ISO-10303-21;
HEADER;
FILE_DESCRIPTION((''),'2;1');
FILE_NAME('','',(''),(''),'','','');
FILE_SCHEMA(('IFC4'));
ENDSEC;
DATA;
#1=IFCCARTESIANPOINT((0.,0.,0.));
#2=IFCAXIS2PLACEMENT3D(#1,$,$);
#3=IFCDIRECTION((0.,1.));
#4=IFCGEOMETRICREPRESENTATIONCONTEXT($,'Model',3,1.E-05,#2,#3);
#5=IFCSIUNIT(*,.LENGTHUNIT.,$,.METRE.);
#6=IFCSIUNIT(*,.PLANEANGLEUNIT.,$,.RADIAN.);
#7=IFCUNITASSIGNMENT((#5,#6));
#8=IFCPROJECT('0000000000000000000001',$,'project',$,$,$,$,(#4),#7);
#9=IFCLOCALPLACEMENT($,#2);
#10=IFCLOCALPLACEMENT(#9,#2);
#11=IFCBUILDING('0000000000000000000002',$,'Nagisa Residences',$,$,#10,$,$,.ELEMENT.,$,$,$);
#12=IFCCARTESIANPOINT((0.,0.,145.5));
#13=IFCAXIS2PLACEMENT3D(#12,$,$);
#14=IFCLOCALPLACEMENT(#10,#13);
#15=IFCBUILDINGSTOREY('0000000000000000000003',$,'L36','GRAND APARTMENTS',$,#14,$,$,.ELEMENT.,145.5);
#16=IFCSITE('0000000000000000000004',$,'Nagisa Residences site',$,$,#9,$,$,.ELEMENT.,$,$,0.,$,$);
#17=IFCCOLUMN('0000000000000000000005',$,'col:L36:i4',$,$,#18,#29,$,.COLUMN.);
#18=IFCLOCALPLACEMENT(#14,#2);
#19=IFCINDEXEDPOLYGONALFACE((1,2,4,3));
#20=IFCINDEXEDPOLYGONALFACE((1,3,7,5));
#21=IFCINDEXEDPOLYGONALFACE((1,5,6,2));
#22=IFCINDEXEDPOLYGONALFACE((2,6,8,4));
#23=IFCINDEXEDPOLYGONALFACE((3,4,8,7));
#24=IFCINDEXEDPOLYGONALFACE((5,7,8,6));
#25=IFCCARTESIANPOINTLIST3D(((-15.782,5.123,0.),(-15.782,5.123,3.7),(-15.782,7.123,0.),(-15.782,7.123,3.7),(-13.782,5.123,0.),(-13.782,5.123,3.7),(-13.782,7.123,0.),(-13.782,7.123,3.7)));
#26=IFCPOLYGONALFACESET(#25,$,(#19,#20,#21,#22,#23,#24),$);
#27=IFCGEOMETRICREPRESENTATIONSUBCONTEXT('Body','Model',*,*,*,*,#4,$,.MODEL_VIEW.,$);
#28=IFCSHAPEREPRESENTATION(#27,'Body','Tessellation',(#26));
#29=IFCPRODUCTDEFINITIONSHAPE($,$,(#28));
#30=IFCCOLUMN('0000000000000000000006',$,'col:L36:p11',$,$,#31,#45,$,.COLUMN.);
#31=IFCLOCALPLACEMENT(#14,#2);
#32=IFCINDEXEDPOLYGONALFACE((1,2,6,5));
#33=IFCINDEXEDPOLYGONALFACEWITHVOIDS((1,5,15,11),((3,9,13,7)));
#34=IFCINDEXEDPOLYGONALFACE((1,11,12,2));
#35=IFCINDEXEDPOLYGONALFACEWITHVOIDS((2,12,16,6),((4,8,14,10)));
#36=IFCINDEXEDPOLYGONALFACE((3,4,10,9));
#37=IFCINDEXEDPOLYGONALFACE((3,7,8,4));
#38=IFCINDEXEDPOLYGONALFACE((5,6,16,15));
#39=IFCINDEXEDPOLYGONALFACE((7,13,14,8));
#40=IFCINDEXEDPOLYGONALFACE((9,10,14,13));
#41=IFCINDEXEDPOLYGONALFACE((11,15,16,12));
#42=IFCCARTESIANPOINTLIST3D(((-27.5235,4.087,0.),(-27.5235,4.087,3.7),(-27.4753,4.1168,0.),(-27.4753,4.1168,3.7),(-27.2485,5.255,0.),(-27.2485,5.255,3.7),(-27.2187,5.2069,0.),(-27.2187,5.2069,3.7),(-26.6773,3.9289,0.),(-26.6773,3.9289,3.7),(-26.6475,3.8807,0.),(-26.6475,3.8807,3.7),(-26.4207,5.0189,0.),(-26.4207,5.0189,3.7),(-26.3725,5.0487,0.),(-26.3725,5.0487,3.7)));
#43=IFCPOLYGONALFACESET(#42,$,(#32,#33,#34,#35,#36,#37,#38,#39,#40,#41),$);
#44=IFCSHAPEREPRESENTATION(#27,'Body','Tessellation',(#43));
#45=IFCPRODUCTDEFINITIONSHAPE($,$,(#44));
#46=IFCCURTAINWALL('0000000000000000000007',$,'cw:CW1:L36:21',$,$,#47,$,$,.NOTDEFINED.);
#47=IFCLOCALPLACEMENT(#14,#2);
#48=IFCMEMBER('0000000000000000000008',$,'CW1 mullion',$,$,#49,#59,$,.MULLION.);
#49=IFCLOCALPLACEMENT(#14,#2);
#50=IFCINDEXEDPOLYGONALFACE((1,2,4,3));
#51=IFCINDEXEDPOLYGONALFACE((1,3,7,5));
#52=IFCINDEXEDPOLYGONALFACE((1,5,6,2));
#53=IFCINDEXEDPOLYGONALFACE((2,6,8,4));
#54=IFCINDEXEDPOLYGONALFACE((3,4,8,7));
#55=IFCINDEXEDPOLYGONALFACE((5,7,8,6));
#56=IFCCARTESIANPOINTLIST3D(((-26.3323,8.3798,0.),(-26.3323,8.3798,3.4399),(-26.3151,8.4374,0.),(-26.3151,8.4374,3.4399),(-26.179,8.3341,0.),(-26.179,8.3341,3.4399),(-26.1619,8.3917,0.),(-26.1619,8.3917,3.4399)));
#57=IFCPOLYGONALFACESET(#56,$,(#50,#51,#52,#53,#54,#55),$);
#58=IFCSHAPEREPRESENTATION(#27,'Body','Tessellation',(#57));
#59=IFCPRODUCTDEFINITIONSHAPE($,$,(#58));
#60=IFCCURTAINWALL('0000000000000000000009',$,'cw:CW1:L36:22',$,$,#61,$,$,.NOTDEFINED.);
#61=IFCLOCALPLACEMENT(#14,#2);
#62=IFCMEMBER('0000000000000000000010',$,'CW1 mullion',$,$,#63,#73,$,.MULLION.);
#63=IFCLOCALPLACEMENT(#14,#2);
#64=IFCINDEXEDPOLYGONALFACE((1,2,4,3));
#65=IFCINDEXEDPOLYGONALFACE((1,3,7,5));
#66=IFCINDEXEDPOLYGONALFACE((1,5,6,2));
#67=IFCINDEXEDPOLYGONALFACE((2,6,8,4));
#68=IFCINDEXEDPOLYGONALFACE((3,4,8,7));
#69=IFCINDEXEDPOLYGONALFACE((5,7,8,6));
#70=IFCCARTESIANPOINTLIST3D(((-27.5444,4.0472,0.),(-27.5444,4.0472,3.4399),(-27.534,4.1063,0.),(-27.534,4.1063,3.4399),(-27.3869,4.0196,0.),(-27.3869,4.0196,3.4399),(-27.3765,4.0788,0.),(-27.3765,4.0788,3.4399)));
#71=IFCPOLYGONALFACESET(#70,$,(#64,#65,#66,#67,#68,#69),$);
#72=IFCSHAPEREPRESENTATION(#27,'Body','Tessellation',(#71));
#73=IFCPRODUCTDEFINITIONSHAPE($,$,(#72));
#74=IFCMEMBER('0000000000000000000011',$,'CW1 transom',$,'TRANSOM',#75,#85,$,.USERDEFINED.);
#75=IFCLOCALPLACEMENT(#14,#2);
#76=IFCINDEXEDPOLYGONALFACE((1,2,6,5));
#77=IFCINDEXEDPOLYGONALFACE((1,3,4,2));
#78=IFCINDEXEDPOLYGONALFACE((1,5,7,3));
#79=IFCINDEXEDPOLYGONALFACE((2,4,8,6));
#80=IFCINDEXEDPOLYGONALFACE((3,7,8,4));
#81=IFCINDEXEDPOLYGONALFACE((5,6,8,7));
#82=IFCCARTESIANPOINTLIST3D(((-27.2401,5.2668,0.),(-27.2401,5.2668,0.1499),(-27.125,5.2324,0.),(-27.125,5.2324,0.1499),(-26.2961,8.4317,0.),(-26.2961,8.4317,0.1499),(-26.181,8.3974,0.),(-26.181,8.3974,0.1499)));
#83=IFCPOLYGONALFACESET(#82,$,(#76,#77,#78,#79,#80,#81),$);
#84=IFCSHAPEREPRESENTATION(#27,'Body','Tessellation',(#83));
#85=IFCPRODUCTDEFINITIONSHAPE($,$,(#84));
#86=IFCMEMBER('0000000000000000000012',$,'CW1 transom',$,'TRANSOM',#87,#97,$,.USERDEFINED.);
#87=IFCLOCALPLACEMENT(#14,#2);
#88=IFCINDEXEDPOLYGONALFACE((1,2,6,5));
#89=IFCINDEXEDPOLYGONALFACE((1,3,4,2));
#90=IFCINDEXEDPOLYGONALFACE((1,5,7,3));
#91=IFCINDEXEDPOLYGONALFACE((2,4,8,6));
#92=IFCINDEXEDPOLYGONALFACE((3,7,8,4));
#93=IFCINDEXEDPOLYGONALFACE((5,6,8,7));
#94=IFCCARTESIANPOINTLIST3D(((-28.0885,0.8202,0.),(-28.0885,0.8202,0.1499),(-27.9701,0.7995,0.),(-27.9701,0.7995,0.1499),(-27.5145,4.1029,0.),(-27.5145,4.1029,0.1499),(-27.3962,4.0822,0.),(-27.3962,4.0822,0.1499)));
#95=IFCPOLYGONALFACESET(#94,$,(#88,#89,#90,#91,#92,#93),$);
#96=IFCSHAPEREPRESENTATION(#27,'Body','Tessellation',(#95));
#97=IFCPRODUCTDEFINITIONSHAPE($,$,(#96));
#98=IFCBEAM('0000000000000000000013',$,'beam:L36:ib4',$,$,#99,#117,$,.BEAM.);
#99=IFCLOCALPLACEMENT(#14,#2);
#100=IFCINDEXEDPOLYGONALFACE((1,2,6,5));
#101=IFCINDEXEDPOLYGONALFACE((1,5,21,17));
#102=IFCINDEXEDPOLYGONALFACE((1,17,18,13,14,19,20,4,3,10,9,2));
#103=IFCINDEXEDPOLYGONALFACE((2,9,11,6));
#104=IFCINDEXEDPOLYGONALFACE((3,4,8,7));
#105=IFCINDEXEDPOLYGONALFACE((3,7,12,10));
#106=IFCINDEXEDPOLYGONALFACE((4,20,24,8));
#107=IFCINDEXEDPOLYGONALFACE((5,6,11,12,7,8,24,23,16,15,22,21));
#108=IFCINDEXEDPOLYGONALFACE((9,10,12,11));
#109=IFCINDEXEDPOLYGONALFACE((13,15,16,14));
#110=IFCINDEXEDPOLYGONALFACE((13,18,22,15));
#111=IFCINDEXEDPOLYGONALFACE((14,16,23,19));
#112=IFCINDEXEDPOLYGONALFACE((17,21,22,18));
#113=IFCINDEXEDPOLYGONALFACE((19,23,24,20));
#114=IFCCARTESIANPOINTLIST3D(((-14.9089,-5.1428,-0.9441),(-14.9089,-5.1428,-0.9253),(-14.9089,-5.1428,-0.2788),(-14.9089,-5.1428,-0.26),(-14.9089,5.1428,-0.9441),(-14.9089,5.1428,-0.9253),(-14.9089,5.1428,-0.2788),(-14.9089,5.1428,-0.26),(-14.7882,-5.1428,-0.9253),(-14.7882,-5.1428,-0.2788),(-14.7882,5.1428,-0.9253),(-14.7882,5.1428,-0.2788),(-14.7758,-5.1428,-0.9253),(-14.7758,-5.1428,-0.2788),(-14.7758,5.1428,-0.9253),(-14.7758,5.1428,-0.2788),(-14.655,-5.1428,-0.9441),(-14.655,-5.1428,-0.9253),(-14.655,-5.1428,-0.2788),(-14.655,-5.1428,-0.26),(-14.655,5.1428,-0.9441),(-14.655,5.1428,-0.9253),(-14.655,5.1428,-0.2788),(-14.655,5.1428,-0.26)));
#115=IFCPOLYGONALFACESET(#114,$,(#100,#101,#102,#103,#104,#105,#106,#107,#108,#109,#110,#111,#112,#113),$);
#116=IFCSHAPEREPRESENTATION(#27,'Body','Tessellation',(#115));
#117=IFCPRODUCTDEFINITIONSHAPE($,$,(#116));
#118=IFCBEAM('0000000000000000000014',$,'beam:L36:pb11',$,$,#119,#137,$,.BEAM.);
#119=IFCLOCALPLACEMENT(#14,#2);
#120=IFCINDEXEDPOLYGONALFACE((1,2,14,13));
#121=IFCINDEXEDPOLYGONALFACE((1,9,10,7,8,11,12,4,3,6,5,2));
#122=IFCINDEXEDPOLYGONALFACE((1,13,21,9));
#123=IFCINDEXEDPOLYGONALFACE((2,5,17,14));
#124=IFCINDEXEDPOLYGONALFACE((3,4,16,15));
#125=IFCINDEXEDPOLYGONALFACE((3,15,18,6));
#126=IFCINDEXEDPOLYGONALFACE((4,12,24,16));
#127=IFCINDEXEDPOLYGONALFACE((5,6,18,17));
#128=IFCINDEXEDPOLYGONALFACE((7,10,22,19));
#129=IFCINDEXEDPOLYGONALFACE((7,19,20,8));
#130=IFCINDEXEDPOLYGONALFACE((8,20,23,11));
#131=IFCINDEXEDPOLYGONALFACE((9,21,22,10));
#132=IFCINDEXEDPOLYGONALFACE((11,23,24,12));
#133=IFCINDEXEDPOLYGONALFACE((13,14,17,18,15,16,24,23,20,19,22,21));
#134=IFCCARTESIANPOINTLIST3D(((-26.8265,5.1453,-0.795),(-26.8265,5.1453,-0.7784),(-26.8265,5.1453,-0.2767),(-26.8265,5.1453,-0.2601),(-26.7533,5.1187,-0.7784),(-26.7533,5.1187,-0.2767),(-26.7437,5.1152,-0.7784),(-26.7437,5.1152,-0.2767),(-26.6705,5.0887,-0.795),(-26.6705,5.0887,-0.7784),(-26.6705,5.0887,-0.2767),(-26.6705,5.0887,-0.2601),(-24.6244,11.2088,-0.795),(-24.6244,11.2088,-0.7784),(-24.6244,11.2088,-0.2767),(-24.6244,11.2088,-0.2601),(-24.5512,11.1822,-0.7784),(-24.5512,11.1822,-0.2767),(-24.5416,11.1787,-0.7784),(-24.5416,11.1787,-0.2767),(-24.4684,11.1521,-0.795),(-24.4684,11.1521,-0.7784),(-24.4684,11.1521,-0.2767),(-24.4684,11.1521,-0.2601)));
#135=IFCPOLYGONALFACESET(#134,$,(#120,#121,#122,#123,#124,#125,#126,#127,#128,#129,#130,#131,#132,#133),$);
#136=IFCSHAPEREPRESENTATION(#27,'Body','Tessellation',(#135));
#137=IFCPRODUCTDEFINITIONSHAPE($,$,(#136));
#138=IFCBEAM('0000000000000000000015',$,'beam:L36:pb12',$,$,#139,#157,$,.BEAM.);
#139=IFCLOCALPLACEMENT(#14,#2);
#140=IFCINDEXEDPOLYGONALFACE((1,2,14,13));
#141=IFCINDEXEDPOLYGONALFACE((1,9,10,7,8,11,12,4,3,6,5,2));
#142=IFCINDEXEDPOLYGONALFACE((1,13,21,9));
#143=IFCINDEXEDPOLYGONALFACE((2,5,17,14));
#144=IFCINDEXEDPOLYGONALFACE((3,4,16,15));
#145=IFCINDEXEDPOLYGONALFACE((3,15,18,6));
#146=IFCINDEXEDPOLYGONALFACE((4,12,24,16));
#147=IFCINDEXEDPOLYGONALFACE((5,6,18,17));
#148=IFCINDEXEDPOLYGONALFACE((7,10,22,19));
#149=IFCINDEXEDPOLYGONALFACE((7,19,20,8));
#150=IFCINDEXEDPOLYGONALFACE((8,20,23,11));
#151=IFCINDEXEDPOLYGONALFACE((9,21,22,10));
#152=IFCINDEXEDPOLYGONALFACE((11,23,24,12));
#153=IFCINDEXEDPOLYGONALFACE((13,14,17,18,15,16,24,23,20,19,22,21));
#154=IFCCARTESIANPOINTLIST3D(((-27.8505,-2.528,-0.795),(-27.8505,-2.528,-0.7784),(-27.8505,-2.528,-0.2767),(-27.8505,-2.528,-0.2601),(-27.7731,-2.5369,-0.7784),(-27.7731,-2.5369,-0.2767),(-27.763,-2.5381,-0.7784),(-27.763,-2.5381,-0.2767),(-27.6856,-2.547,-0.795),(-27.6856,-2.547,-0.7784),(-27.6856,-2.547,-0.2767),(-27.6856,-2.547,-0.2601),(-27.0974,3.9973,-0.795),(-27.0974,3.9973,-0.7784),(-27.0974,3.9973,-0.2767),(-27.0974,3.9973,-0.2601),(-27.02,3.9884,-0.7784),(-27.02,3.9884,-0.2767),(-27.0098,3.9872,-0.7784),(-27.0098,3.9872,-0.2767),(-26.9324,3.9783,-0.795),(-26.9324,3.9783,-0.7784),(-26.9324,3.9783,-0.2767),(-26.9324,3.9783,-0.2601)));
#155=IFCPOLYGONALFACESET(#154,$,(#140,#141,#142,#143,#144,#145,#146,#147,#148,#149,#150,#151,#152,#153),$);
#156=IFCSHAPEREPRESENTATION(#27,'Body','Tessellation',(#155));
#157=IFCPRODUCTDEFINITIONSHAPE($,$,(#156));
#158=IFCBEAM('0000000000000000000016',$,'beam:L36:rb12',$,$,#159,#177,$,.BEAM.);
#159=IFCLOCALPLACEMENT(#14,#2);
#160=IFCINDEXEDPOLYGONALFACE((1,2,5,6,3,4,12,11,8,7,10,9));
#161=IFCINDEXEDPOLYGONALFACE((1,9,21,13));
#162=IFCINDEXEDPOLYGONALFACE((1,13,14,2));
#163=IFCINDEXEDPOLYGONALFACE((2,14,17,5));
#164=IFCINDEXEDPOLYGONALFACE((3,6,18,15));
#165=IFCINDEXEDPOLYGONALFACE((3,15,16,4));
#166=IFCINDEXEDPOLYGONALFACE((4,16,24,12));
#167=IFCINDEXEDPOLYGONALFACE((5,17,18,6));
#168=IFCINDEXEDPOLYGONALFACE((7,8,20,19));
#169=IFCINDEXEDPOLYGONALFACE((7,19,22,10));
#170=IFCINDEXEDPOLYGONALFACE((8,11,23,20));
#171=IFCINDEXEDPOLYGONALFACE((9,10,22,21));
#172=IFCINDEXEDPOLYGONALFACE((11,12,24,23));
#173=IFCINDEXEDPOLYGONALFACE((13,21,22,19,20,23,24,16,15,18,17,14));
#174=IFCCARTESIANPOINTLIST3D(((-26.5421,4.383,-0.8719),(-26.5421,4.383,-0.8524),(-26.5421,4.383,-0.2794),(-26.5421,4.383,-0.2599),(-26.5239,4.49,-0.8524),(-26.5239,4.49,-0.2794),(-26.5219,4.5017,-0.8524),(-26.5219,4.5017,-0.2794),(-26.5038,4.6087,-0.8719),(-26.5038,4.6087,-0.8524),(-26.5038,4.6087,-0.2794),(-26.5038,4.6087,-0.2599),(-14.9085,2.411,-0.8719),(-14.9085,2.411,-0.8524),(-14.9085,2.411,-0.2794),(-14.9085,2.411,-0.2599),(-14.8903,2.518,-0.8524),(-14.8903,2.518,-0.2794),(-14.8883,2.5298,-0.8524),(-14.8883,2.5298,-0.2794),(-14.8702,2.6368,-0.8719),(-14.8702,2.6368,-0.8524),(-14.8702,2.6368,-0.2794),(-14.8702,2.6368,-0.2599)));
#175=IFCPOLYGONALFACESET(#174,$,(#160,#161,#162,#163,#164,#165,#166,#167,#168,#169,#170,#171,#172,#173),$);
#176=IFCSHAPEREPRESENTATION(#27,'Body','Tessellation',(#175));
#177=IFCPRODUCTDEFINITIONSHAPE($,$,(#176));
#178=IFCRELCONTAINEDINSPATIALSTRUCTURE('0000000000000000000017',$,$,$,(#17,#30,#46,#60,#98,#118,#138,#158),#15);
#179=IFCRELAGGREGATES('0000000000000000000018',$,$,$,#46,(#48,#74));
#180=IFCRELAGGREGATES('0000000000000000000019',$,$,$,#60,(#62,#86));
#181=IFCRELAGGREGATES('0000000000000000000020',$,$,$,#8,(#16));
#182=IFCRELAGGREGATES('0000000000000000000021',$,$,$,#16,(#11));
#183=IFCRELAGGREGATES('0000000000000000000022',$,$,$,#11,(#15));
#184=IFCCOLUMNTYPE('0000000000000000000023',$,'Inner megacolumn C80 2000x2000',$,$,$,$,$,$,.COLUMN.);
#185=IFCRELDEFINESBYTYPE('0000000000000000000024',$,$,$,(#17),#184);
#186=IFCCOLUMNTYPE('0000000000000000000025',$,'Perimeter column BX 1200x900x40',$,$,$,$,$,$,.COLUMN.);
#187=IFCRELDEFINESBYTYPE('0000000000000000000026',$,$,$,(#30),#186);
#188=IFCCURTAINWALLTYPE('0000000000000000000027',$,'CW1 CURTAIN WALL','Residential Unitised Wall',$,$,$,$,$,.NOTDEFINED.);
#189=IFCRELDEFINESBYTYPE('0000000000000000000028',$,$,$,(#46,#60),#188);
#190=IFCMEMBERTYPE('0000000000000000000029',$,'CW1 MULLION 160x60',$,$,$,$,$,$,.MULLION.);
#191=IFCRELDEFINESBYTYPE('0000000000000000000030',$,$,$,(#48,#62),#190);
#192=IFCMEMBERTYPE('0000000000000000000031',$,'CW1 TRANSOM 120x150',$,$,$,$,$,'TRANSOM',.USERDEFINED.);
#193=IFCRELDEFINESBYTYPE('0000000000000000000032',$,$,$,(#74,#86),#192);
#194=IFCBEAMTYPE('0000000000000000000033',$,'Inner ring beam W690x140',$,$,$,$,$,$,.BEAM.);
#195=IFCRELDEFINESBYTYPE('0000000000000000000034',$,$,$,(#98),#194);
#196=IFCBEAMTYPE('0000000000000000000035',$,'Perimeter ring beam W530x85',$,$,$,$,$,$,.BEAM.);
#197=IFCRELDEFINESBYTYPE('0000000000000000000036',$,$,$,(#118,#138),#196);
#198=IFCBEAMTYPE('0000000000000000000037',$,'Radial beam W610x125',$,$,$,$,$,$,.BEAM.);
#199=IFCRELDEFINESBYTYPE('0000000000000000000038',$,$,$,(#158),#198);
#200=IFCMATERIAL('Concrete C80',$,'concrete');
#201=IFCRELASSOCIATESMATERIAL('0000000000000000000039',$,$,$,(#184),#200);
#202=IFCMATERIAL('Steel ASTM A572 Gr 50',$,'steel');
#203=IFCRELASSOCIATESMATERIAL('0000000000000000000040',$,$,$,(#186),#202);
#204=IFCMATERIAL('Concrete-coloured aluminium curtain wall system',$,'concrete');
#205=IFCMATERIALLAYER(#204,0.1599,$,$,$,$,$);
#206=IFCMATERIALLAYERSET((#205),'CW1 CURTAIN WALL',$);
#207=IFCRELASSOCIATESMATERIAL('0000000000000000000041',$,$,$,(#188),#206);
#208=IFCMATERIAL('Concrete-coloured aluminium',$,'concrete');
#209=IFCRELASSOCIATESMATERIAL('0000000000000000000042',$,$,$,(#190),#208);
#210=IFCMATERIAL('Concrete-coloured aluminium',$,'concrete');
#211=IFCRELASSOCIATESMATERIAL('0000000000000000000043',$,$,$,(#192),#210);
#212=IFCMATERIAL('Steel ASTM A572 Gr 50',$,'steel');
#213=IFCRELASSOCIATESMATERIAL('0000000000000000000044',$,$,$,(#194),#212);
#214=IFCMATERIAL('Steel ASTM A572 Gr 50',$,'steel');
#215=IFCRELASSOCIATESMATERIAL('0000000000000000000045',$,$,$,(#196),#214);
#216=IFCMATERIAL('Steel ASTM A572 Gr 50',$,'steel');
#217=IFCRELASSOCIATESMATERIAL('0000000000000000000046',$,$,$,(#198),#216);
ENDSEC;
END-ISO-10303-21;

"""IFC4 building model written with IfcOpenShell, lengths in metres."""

from ifc_helpers import new_model, si_unit, direction, frame, origin, origin_2d, place, context, subcontext, project, spatial, rectangle, hollow_rectangle, i_section, extrude, material, layer, layer_set, material_profile, profile_set, type_object, element, aggregate, save


model = new_model("IFC4")

# Units and contexts
model_context = context("Model", 3, precision=1e-05, world=origin(), true_north=direction((0.0, 1.0)))
body_context = subcontext(model_context, "Body", "Model", "MODEL_VIEW")
ifc_project = project(units=[si_unit("LENGTHUNIT", "METRE"), si_unit("PLANEANGLEUNIT", "RADIAN")], contexts=[model_context])

# Site, building, storey
site_placement = place(None, origin())
site = spatial("IfcSite", under=ifc_project, at=site_placement, Name="Nagisa Residences site", CompositionType="ELEMENT", RefElevation=0.0)
building_placement = place(site_placement, origin())
building = spatial("IfcBuilding", under=site, at=building_placement, Name="Nagisa Residences", CompositionType="ELEMENT")
storey_placement = place(building_placement, frame((0.0, 0.0, 145.5)))
storey = spatial("IfcBuildingStorey", under=building, at=storey_placement, Name="L36", Description="GRAND APARTMENTS", CompositionType="ELEMENT", Elevation=145.5)

# Columns
ifc_material_1 = material(Name="Concrete C80", Category="concrete")
ifc_material_profile_1 = material_profile(ifc_material_1, rectangle(XDim=2.0, YDim=2.0, at=origin_2d()), Name="C80 2000x2000")
ifc_profile_set_1 = profile_set([ifc_material_profile_1], Name="Concrete C80")
column_type_1 = type_object("IfcColumnType", Name="Inner megacolumn C80 2000x2000", PredefinedType="COLUMN", material=ifc_profile_set_1)
column_1_placement = place(storey_placement, frame((-14.782, 6.123, 0.0), z_axis=(0.0, 0.0, 1.0), x_axis=(1.0, 0.0, 0.0)))
element("IfcColumn", 1, at=column_1_placement, inside=storey, type_object=column_type_1, Name="col:L36:i4", PredefinedType="COLUMN", context=body_context, shape_type="SweptSolid", body=[
    extrude(rectangle(XDim=2.0, YDim=2.0, at=origin_2d()), origin(), (0.0, 0.0, 1.0), 3.7),
])
ifc_material_2 = material(Name="Steel ASTM A572 Gr 50", Category="steel")
ifc_material_profile_2 = material_profile(ifc_material_2, hollow_rectangle(XDim=1.2, YDim=0.8999, WallThickness=0.04, at=origin_2d()), Name="BX 1200x900x40")
ifc_profile_set_2 = profile_set([ifc_material_profile_2], Name="Steel ASTM A572 Gr 50")
column_type_2 = type_object("IfcColumnType", Name="Perimeter column BX 1200x900x40", PredefinedType="COLUMN", material=ifc_profile_set_2)
column_2_placement = place(storey_placement, frame((-26.948, 4.5679, 0.0), z_axis=(0.0, 0.0, 1.0), x_axis=(-0.229202, -0.973379, 0.0)))
element("IfcColumn", 2, at=column_2_placement, inside=storey, type_object=column_type_2, Name="col:L36:p11", PredefinedType="COLUMN", context=body_context, shape_type="SweptSolid", body=[
    extrude(hollow_rectangle(XDim=1.2, YDim=0.8999, WallThickness=0.04, at=origin_2d()), origin(), (0.0, 0.0, 1.0), 3.7),
])

# Curtain walls, members
ifc_material_3 = material(Name="Concrete-coloured aluminium curtain wall system", Category="concrete")
ifc_layer_1 = layer(ifc_material_3, 0.1599)
ifc_layer_set_1 = layer_set([ifc_layer_1], Name="CW1 CURTAIN WALL")
curtain_wall_type = type_object("IfcCurtainWallType", Name="CW1 CURTAIN WALL", Description="Residential Unitised Wall", PredefinedType="NOTDEFINED", material=ifc_layer_set_1)
curtain_wall_1_placement = place(storey_placement, origin())
curtain_wall_1 = element("IfcCurtainWall", 3, at=curtain_wall_1_placement, inside=storey, type_object=curtain_wall_type, Name="cw:CW1:L36:21", PredefinedType="NOTDEFINED")
ifc_material_4 = material(Name="Concrete-coloured aluminium", Category="concrete")
ifc_material_profile_3 = material_profile(ifc_material_4, rectangle(XDim=0.1599, YDim=0.0601, at=origin_2d()), Name="CW1 MULLION 160x60")
ifc_profile_set_3 = profile_set([ifc_material_profile_3], Name="Concrete-coloured aluminium")
member_type_1 = type_object("IfcMemberType", Name="CW1 MULLION 160x60", PredefinedType="MULLION", material=ifc_profile_set_3)
member_1_placement = place(storey_placement, frame((-26.2471, 8.3857, 0.0), z_axis=(0.0, 0.0, 1.0), x_axis=(0.958271, -0.28586, 0.0)))
member_1 = element("IfcMember", 4, at=member_1_placement, type_object=member_type_1, Name="CW1 mullion", PredefinedType="MULLION", context=body_context, shape_type="SweptSolid", body=[
    extrude(rectangle(XDim=0.1599, YDim=0.0601, at=origin_2d()), origin(), (0.0, 0.0, 1.0), 3.4399),
])
curtain_wall_2_placement = place(storey_placement, origin())
curtain_wall_2 = element("IfcCurtainWall", 5, at=curtain_wall_2_placement, inside=storey, type_object=curtain_wall_type, Name="cw:CW1:L36:22", PredefinedType="NOTDEFINED")
member_2_placement = place(storey_placement, frame((-27.4604, 4.063, 0.0), z_axis=(0.0, 0.0, 1.0), x_axis=(0.985064, -0.172191, 0.0)))
member_2 = element("IfcMember", 6, at=member_2_placement, type_object=member_type_1, Name="CW1 mullion", PredefinedType="MULLION", context=body_context, shape_type="SweptSolid", body=[
    extrude(rectangle(XDim=0.1599, YDim=0.0601, at=origin_2d()), origin(), (0.0, 0.0, 1.0), 3.4399),
])

# Members
ifc_material_5 = material(Name="Concrete-coloured aluminium", Category="concrete")
ifc_material_profile_4 = material_profile(ifc_material_5, rectangle(XDim=0.1201, YDim=0.1499, at=origin_2d()), Name="CW1 TRANSOM 120x150")
ifc_profile_set_4 = profile_set([ifc_material_profile_4], Name="Concrete-coloured aluminium")
member_type_2 = type_object("IfcMemberType", Name="CW1 TRANSOM 120x150", ElementType="TRANSOM", PredefinedType="USERDEFINED", material=ifc_profile_set_4)
member_3_placement = place(storey_placement, frame((-26.2385, 8.4146, 0.075), z_axis=(-0.285842, -0.958277, 0.0), x_axis=(0.958277, -0.285842, 0.0)))
member_3 = element("IfcMember", 7, at=member_3_placement, type_object=member_type_2, Name="CW1 transom", ObjectType="TRANSOM", PredefinedType="USERDEFINED", context=body_context, shape_type="SweptSolid", body=[
    extrude(rectangle(XDim=0.1201, YDim=0.1499, at=origin_2d()), origin(), (0.0, 0.0, 1.0), 3.3027),
])
member_4_placement = place(storey_placement, frame((-27.4553, 4.0925, 0.075), z_axis=(-0.172235, -0.985056, 0.0), x_axis=(0.985056, -0.172235, 0.0)))
member_4 = element("IfcMember", 8, at=member_4_placement, type_object=member_type_2, Name="CW1 transom", ObjectType="TRANSOM", PredefinedType="USERDEFINED", context=body_context, shape_type="SweptSolid", body=[
    extrude(rectangle(XDim=0.1201, YDim=0.1499, at=origin_2d()), origin(), (0.0, 0.0, 1.0), 3.3325),
])

# Beams
ifc_material_6 = material(Name="Steel ASTM A572 Gr 50", Category="steel")
ifc_material_profile_5 = material_profile(ifc_material_6, i_section(OverallWidth=0.2539, OverallDepth=0.6841, WebThickness=0.0125, FlangeThickness=0.0188, at=origin_2d()), Name="W690x140")
ifc_profile_set_5 = profile_set([ifc_material_profile_5], Name="Steel ASTM A572 Gr 50")
beam_type_1 = type_object("IfcBeamType", Name="Inner ring beam W690x140", PredefinedType="BEAM", material=ifc_profile_set_5)
beam_1_placement = place(storey_placement, frame((-14.782, 5.1428, -0.6021), z_axis=(0.0, -1.0, 0.0), x_axis=(1.0, 0.0, 0.0)))
element("IfcBeam", 9, at=beam_1_placement, inside=storey, type_object=beam_type_1, Name="beam:L36:ib4", PredefinedType="BEAM", context=body_context, shape_type="SweptSolid", body=[
    extrude(i_section(OverallWidth=0.2539, OverallDepth=0.6841, WebThickness=0.0125, FlangeThickness=0.0188, at=origin_2d()), origin(), (0.0, 0.0, 1.0), 10.2856),
])
ifc_material_7 = material(Name="Steel ASTM A572 Gr 50", Category="steel")
ifc_material_profile_6 = material_profile(ifc_material_7, i_section(OverallWidth=0.166, OverallDepth=0.5349, WebThickness=0.0103, FlangeThickness=0.0166, at=origin_2d()), Name="W530x85")
ifc_profile_set_6 = profile_set([ifc_material_profile_6], Name="Steel ASTM A572 Gr 50")
beam_type_2 = type_object("IfcBeamType", Name="Perimeter ring beam W530x85", PredefinedType="BEAM", material=ifc_profile_set_6)
beam_2_placement = place(storey_placement, frame((-24.5464, 11.1804, -0.5276), z_axis=(-0.341366, -0.93993, 0.0), x_axis=(0.93993, -0.341366, 0.0)))
element("IfcBeam", 10, at=beam_2_placement, inside=storey, type_object=beam_type_2, Name="beam:L36:pb11", PredefinedType="BEAM", context=body_context, shape_type="SweptSolid", body=[
    extrude(i_section(OverallWidth=0.166, OverallDepth=0.5349, WebThickness=0.0103, FlangeThickness=0.0166, at=origin_2d()), origin(), (0.0, 0.0, 1.0), 6.4509),
])
beam_3_placement = place(storey_placement, frame((-27.0149, 3.9878, -0.5276), z_axis=(-0.114661, -0.993405, 0.0), x_axis=(0.993405, -0.114661, 0.0)))
element("IfcBeam", 11, at=beam_3_placement, inside=storey, type_object=beam_type_2, Name="beam:L36:pb12", PredefinedType="BEAM", context=body_context, shape_type="SweptSolid", body=[
    extrude(i_section(OverallWidth=0.166, OverallDepth=0.5349, WebThickness=0.0103, FlangeThickness=0.0166, at=origin_2d()), origin(), (0.0, 0.0, 1.0), 6.5686),
])
ifc_material_8 = material(Name="Steel ASTM A572 Gr 50", Category="steel")
ifc_material_profile_7 = material_profile(ifc_material_8, i_section(OverallWidth=0.229, OverallDepth=0.6121, WebThickness=0.012, FlangeThickness=0.0195, at=origin_2d()), Name="W610x125")
ifc_profile_set_7 = profile_set([ifc_material_profile_7], Name="Steel ASTM A572 Gr 50")
beam_type_3 = type_object("IfcBeamType", Name="Radial beam W610x125", PredefinedType="BEAM", material=ifc_profile_set_7)
beam_4_placement = place(storey_placement, frame((-26.5229, 4.4958, -0.5659), z_axis=(0.985937, -0.167119, 0.0), x_axis=(0.167119, 0.985937, 0.0)))
element("IfcBeam", 12, at=beam_4_placement, inside=storey, type_object=beam_type_3, Name="beam:L36:rb12", PredefinedType="BEAM", context=body_context, shape_type="SweptSolid", body=[
    extrude(i_section(OverallWidth=0.229, OverallDepth=0.6121, WebThickness=0.012, FlangeThickness=0.0195, at=origin_2d()), origin(), (0.0, 0.0, 1.0), 11.7996),
])

aggregate(curtain_wall_1, [member_1, member_3])
aggregate(curtain_wall_2, [member_2, member_4])

save(model, "model.ifc")
